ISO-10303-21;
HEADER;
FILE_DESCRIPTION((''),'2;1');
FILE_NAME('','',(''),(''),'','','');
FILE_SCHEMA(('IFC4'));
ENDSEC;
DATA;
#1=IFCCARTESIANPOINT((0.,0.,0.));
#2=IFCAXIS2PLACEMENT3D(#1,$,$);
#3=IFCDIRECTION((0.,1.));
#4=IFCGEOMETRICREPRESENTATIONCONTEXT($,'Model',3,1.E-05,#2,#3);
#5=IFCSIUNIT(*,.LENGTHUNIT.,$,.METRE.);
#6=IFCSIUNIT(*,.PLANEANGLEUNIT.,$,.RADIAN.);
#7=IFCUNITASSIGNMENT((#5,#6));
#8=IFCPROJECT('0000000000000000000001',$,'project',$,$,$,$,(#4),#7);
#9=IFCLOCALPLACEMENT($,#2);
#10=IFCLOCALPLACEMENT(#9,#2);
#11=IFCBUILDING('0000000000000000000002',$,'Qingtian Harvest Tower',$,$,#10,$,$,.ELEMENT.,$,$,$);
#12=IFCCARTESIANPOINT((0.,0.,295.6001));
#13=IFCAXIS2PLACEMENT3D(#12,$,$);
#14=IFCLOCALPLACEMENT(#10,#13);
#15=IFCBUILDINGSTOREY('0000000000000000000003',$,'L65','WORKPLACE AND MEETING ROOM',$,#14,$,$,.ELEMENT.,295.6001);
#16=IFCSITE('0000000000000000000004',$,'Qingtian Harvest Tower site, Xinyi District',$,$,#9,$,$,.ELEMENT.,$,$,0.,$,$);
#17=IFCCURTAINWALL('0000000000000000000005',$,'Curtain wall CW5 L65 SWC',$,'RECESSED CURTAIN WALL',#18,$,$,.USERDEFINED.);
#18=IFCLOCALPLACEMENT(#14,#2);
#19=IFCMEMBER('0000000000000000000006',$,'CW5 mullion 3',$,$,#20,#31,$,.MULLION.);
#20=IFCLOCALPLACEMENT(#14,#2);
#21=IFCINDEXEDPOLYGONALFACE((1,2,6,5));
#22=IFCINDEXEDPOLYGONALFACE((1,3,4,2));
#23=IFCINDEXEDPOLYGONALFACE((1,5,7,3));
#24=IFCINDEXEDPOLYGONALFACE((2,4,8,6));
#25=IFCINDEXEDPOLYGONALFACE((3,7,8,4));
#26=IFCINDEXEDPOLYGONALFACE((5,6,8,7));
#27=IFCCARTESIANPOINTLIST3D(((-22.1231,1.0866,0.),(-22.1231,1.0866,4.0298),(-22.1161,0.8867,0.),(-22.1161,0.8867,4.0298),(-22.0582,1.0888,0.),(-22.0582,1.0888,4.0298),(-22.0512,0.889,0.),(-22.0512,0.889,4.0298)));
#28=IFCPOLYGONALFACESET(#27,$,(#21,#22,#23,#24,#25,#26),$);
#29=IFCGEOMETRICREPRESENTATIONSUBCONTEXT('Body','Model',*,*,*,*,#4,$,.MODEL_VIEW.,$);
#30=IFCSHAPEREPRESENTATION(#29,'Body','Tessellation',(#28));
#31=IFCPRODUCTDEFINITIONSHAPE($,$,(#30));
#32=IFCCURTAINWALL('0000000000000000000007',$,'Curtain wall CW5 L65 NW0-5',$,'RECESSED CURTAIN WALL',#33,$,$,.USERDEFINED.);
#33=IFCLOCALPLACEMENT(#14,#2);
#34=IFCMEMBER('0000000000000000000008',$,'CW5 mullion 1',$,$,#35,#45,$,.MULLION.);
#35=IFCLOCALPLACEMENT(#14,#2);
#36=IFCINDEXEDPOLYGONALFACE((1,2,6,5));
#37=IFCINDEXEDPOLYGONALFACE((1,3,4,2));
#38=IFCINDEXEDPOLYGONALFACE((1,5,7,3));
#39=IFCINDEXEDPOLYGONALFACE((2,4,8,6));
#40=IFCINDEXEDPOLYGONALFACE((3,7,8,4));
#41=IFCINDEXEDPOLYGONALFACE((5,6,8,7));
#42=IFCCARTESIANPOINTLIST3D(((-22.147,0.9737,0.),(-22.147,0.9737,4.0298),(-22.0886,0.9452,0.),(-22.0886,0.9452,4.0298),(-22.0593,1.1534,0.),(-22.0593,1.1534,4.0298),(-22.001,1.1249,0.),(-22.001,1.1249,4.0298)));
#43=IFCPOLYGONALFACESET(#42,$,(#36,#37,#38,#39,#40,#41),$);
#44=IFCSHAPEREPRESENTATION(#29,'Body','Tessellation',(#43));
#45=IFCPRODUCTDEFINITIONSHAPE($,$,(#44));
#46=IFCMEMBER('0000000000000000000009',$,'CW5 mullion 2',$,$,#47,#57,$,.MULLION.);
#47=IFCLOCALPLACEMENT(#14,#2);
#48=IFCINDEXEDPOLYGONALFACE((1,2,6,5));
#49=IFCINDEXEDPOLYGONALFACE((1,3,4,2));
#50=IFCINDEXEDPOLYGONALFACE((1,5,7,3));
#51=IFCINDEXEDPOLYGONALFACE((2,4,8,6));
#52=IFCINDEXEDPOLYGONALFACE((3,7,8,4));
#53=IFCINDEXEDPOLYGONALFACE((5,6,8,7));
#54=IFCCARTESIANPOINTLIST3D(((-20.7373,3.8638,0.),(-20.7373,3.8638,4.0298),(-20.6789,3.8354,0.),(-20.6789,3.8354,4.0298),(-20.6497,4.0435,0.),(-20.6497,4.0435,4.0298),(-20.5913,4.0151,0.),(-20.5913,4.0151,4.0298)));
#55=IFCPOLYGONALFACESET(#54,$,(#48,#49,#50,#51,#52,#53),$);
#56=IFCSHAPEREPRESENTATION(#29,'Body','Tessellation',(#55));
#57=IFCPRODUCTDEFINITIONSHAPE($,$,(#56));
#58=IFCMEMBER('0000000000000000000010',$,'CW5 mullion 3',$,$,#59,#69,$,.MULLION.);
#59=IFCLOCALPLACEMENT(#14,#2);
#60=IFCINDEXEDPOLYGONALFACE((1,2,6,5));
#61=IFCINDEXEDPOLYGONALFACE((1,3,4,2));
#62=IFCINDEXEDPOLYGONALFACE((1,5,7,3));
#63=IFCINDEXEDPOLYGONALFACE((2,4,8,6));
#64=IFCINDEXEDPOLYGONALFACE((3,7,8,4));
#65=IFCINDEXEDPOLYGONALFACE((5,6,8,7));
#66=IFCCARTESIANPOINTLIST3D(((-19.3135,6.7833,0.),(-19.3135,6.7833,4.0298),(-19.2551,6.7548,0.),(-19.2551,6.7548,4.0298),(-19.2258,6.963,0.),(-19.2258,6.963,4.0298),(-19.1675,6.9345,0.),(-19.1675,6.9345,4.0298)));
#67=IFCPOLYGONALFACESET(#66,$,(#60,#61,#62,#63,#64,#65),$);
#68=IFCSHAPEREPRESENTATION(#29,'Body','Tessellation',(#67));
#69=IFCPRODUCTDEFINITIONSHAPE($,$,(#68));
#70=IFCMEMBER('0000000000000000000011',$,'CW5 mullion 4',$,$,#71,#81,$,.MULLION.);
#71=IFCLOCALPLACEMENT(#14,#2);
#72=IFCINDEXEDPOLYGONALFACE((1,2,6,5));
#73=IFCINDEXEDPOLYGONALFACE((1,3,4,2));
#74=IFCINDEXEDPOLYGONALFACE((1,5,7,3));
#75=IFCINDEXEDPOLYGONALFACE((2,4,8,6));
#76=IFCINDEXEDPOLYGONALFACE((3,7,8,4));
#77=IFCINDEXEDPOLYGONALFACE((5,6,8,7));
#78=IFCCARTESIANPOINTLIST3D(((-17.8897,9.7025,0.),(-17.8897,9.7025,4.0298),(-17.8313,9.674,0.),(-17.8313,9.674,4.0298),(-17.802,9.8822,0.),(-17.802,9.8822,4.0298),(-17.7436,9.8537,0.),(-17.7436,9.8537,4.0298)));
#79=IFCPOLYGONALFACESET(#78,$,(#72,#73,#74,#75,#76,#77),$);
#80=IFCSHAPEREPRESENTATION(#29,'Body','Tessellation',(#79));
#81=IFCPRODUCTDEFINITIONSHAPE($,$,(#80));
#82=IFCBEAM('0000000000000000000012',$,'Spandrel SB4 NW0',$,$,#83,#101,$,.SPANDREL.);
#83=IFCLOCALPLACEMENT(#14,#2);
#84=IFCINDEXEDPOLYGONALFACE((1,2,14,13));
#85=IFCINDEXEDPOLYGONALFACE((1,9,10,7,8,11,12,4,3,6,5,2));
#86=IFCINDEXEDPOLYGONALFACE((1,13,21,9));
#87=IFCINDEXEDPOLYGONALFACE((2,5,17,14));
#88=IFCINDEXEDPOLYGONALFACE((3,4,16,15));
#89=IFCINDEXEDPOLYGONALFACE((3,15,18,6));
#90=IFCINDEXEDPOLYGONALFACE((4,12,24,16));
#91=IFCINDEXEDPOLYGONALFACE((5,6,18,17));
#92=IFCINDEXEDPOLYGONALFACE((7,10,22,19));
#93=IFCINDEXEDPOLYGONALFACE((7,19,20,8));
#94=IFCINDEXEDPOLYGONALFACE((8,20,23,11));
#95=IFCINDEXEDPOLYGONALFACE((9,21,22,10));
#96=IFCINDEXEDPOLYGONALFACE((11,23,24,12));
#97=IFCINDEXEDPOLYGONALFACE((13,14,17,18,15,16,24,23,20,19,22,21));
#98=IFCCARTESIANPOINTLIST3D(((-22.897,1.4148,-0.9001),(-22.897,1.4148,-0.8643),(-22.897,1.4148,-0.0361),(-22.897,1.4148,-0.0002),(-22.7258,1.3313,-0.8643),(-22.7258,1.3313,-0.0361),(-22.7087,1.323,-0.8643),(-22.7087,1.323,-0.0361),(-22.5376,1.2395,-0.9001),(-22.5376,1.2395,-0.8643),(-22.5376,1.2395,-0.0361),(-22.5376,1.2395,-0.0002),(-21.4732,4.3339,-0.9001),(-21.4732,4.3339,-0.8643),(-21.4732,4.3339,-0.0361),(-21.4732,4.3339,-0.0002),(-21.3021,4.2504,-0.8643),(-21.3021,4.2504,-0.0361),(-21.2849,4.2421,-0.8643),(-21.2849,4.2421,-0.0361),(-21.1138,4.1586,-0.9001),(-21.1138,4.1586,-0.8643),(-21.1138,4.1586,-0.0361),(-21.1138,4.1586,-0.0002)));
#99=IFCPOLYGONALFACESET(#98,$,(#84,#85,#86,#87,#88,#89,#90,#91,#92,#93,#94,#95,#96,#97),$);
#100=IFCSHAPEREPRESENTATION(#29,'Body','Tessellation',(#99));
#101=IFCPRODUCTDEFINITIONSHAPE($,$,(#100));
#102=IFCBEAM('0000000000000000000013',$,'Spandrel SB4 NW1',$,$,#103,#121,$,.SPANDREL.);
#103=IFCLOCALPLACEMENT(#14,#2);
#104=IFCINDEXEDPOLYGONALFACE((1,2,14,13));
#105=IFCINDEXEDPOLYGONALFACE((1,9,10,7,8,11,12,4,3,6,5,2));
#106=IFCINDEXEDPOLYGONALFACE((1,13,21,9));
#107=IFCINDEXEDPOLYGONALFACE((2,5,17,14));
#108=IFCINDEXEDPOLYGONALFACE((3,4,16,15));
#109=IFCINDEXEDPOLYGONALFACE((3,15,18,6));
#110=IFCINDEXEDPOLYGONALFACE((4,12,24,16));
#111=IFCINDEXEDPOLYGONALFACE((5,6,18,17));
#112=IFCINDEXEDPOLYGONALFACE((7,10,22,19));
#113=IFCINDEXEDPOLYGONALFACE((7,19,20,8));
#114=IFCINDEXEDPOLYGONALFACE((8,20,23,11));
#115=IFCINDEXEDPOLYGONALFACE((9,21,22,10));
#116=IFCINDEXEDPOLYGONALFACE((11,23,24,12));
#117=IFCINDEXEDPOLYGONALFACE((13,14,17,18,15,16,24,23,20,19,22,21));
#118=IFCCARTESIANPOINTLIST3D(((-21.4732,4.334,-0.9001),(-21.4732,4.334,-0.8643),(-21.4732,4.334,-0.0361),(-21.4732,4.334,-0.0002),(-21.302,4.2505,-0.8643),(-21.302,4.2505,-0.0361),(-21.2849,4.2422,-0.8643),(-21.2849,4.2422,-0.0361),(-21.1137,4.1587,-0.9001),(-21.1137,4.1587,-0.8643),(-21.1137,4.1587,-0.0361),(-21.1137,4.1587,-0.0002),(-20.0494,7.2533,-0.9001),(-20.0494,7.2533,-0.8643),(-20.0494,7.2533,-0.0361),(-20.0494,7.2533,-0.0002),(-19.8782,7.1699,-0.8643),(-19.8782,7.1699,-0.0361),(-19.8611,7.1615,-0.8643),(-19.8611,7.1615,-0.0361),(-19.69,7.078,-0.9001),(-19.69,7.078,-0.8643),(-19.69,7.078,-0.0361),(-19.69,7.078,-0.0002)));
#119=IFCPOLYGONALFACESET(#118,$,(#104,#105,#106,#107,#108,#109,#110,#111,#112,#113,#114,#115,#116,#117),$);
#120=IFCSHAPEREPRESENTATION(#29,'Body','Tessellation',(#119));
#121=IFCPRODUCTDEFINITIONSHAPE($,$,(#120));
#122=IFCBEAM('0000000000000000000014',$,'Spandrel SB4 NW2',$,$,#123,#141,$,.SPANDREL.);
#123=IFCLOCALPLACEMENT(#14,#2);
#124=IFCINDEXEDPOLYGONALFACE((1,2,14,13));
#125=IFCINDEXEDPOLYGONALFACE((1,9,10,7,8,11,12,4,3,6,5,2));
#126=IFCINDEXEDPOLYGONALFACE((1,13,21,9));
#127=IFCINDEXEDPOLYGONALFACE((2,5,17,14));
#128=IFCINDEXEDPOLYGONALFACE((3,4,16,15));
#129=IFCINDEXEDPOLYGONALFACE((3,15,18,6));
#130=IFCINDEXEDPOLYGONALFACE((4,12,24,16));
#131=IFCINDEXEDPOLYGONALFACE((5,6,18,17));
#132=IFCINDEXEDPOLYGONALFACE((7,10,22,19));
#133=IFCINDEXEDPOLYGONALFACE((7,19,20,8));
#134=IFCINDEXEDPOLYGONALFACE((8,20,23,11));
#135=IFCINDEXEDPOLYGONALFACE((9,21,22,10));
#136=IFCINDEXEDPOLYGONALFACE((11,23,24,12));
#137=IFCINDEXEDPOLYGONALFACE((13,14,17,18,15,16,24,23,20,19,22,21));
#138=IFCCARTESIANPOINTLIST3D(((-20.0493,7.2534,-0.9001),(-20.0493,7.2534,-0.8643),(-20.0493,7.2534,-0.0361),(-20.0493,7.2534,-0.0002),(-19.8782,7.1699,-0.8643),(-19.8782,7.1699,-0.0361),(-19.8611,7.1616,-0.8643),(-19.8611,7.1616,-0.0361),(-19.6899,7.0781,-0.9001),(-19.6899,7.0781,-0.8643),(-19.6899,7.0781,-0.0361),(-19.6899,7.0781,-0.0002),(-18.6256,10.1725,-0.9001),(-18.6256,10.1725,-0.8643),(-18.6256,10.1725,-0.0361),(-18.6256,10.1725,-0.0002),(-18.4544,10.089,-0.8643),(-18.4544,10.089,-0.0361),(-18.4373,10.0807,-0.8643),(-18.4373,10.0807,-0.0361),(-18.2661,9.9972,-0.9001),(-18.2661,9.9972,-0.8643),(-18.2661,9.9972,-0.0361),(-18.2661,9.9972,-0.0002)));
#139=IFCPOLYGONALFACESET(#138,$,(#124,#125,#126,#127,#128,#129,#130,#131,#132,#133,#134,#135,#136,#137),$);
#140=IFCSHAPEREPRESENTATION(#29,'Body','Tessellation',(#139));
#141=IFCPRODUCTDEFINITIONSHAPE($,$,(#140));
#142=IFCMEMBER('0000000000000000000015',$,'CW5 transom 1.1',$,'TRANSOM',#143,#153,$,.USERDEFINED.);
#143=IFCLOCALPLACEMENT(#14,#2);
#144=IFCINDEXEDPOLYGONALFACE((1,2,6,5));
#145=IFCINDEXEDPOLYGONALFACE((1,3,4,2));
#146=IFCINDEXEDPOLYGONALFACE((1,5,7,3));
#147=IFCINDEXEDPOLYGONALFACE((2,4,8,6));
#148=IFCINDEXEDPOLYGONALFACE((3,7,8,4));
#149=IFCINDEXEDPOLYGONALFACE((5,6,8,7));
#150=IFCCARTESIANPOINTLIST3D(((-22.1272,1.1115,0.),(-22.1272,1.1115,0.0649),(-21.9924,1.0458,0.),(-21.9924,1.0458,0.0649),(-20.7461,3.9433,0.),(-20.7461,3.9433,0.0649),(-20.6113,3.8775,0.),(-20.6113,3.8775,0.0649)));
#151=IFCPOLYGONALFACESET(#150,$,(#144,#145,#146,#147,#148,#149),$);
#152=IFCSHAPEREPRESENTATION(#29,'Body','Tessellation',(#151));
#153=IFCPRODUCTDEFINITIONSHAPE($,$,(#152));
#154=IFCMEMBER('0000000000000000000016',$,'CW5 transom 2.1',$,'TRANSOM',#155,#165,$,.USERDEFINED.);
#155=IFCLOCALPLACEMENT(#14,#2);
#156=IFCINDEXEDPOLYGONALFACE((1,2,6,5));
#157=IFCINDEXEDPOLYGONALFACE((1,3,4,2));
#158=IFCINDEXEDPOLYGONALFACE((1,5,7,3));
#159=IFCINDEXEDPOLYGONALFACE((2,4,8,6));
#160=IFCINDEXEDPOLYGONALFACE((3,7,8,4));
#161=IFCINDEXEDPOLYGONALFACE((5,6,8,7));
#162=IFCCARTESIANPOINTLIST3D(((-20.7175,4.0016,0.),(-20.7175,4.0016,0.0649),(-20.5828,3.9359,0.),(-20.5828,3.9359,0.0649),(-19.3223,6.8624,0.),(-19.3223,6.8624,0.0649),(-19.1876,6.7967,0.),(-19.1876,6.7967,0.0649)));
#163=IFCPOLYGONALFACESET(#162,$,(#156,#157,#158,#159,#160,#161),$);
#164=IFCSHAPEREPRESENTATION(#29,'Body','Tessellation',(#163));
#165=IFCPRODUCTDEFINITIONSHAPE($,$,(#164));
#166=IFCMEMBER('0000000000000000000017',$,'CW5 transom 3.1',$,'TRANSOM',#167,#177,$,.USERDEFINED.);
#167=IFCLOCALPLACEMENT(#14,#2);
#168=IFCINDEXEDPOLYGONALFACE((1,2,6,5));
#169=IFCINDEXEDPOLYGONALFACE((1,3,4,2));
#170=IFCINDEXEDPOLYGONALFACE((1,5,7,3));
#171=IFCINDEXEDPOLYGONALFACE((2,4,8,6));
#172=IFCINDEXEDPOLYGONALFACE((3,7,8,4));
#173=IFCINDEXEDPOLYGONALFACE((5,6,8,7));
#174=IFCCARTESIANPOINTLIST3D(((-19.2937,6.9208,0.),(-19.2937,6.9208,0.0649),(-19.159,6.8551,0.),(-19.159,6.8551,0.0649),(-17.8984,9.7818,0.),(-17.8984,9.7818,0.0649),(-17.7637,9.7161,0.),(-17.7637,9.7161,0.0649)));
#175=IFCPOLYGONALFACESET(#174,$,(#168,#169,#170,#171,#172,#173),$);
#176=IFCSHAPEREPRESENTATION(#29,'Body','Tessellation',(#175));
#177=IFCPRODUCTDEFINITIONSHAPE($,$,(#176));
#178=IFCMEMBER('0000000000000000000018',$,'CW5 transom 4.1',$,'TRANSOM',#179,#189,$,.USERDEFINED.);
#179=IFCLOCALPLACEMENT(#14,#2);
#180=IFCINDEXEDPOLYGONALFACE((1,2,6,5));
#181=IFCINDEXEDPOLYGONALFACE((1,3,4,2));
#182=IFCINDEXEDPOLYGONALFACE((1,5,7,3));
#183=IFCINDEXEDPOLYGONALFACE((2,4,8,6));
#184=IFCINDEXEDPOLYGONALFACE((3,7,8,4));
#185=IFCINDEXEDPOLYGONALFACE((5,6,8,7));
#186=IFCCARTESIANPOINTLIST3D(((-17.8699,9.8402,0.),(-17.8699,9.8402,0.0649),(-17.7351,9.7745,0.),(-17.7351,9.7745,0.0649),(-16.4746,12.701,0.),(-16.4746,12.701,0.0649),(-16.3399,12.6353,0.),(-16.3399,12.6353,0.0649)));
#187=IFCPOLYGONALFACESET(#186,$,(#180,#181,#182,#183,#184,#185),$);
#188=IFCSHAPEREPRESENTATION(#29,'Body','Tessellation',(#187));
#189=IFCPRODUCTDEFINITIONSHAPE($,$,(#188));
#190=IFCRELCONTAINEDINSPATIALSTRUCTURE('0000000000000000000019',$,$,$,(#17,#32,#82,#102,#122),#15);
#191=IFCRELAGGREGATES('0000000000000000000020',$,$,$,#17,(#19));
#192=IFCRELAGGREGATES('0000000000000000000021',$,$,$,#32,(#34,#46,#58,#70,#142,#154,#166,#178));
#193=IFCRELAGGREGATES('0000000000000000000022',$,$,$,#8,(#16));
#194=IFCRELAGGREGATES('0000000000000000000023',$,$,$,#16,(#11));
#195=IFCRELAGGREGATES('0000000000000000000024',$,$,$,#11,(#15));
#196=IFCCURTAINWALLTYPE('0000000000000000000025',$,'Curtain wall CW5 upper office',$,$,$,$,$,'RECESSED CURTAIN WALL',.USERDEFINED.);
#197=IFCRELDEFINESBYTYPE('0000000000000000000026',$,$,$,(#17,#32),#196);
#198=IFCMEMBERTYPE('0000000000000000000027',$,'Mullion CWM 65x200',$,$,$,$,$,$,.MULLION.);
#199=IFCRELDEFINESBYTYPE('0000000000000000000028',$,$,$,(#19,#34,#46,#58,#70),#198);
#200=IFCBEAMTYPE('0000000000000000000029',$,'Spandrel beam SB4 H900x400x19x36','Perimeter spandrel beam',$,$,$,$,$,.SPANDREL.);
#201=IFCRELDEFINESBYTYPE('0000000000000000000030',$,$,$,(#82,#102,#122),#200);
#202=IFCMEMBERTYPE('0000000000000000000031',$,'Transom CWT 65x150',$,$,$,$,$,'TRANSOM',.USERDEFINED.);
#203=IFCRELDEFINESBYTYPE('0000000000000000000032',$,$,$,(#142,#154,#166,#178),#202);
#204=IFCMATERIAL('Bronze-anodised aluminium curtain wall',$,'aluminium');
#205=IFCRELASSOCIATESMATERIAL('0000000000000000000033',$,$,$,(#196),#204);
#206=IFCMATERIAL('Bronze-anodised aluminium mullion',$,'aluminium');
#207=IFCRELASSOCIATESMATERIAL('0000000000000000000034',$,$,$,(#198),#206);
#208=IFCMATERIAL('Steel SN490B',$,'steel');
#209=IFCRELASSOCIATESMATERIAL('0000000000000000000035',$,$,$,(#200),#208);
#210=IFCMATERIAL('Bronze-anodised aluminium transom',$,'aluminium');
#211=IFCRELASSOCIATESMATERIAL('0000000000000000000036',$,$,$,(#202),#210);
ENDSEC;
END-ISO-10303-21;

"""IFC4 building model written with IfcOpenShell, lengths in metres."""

from ifc_helpers import new_model, si_unit, direction, frame, origin, origin_2d, place, context, subcontext, project, spatial, rectangle, i_section, extrude, material, material_profile, profile_set, type_object, element, aggregate, save


model = new_model("IFC4")

# Units and contexts
model_context = context("Model", 3, precision=1e-05, world=origin(), true_north=direction((0.0, 1.0)))
body_context = subcontext(model_context, "Body", "Model", "MODEL_VIEW")
ifc_project = project(units=[si_unit("LENGTHUNIT", "METRE"), si_unit("PLANEANGLEUNIT", "RADIAN")], contexts=[model_context])

# Site, building, storey
site_placement = place(None, origin())
site = spatial("IfcSite", under=ifc_project, at=site_placement, Name="Qingtian Harvest Tower site, Xinyi District", CompositionType="ELEMENT", RefElevation=0.0)
building_placement = place(site_placement, origin())
building = spatial("IfcBuilding", under=site, at=building_placement, Name="Qingtian Harvest Tower", CompositionType="ELEMENT")
storey_placement = place(building_placement, frame((0.0, 0.0, 295.6001)))
storey = spatial("IfcBuildingStorey", under=building, at=storey_placement, Name="L65", Description="WORKPLACE AND MEETING ROOM", CompositionType="ELEMENT", Elevation=295.6001)

# Curtain wall, member
ifc_material_1 = material(Name="Bronze-anodised aluminium curtain wall", Category="aluminium")
curtain_wall_type = type_object("IfcCurtainWallType", Name="Curtain wall CW5 upper office", ElementType="RECESSED CURTAIN WALL", PredefinedType="USERDEFINED", material=ifc_material_1)
curtain_wall_1_placement = place(storey_placement, origin())
curtain_wall_1 = element("IfcCurtainWall", 1, at=curtain_wall_1_placement, inside=storey, type_object=curtain_wall_type, Name="Curtain wall CW5 L65 SWC", ObjectType="RECESSED CURTAIN WALL", PredefinedType="USERDEFINED")
ifc_material_2 = material(Name="Bronze-anodised aluminium mullion", Category="aluminium")
ifc_material_profile_1 = material_profile(ifc_material_2, rectangle(XDim=0.0649, YDim=0.2, at=origin_2d()), Name="AL 65x200")
ifc_profile_set_1 = profile_set([ifc_material_profile_1], Name="Bronze-anodised aluminium mullion")
member_type_1 = type_object("IfcMemberType", Name="Mullion CWM 65x200", PredefinedType="MULLION", material=ifc_profile_set_1)
member_1_placement = place(storey_placement, frame((-22.0872, 0.9878, 0.0), z_axis=(0.0, 0.0, 1.0), x_axis=(-0.999391, -0.034899, 0.0)))
member_1 = element("IfcMember", 2, at=member_1_placement, type_object=member_type_1, Name="CW5 mullion 3", PredefinedType="MULLION", context=body_context, shape_type="SweptSolid", body=[
    extrude(rectangle(XDim=0.0649, YDim=0.2, at=origin_2d()), origin(), (0.0, 0.0, 1.0), 4.0298),
])

# Curtain wall, members
curtain_wall_2_placement = place(storey_placement, origin())
curtain_wall_2 = element("IfcCurtainWall", 3, at=curtain_wall_2_placement, inside=storey, type_object=curtain_wall_type, Name="Curtain wall CW5 L65 NW0-5", ObjectType="RECESSED CURTAIN WALL", PredefinedType="USERDEFINED")
member_2_placement = place(storey_placement, frame((-22.074, 1.0493, 0.0), z_axis=(0.0, 0.0, 1.0), x_axis=(-0.898794, 0.438371, 0.0)))
member_2 = element("IfcMember", 4, at=member_2_placement, type_object=member_type_1, Name="CW5 mullion 1", PredefinedType="MULLION", context=body_context, shape_type="SweptSolid", body=[
    extrude(rectangle(XDim=0.0649, YDim=0.2, at=origin_2d()), origin(), (0.0, 0.0, 1.0), 4.0298),
])
member_3_placement = place(storey_placement, frame((-20.6643, 3.9395, 0.0), z_axis=(0.0, 0.0, 1.0), x_axis=(-0.898794, 0.438371, 0.0)))
member_3 = element("IfcMember", 5, at=member_3_placement, type_object=member_type_1, Name="CW5 mullion 2", PredefinedType="MULLION", context=body_context, shape_type="SweptSolid", body=[
    extrude(rectangle(XDim=0.0649, YDim=0.2, at=origin_2d()), origin(), (0.0, 0.0, 1.0), 4.0298),
])
member_4_placement = place(storey_placement, frame((-19.2405, 6.8589, 0.0), z_axis=(0.0, 0.0, 1.0), x_axis=(-0.898794, 0.438371, 0.0)))
member_4 = element("IfcMember", 6, at=member_4_placement, type_object=member_type_1, Name="CW5 mullion 3", PredefinedType="MULLION", context=body_context, shape_type="SweptSolid", body=[
    extrude(rectangle(XDim=0.0649, YDim=0.2, at=origin_2d()), origin(), (0.0, 0.0, 1.0), 4.0298),
])
member_5_placement = place(storey_placement, frame((-17.8167, 9.7781, 0.0), z_axis=(0.0, 0.0, 1.0), x_axis=(-0.898794, 0.438371, 0.0)))
member_5 = element("IfcMember", 7, at=member_5_placement, type_object=member_type_1, Name="CW5 mullion 4", PredefinedType="MULLION", context=body_context, shape_type="SweptSolid", body=[
    extrude(rectangle(XDim=0.0649, YDim=0.2, at=origin_2d()), origin(), (0.0, 0.0, 1.0), 4.0298),
])

# Beams
ifc_material_3 = material(Name="Steel SN490B", Category="steel")
ifc_material_profile_2 = material_profile(ifc_material_3, i_section(OverallWidth=0.3999, OverallDepth=0.8999, WebThickness=0.019, FlangeThickness=0.0359, at=origin_2d()), Name="H900x400x19x36")
ifc_profile_set_2 = profile_set([ifc_material_profile_2], Name="Steel SN490B")
beam_type_1 = type_object("IfcBeamType", Name="Spandrel beam SB4 H900x400x19x36", Description="Perimeter spandrel beam", PredefinedType="SPANDREL", material=ifc_profile_set_2)
beam_1_placement = place(storey_placement, frame((-22.7173, 1.3271, -0.4502), z_axis=(0.438382, 0.898789, 0.0), x_axis=(-0.898789, 0.438382, 0.0)))
element("IfcBeam", 8, at=beam_1_placement, inside=storey, type_object=beam_type_1, Name="Spandrel SB4 NW0", PredefinedType="SPANDREL", context=body_context, shape_type="SweptSolid", body=[
    extrude(i_section(OverallWidth=0.3999, OverallDepth=0.8999, WebThickness=0.019, FlangeThickness=0.0359, at=origin_2d()), origin(), (0.0, 0.0, 1.0), 3.2478),
])
beam_2_placement = place(storey_placement, frame((-21.2935, 4.2463, -0.4502), z_axis=(0.438353, 0.898803, 0.0), x_axis=(-0.898803, 0.438353, 0.0)))
element("IfcBeam", 9, at=beam_2_placement, inside=storey, type_object=beam_type_1, Name="Spandrel SB4 NW1", PredefinedType="SPANDREL", context=body_context, shape_type="SweptSolid", body=[
    extrude(i_section(OverallWidth=0.3999, OverallDepth=0.8999, WebThickness=0.019, FlangeThickness=0.0359, at=origin_2d()), origin(), (0.0, 0.0, 1.0), 3.248),
])
beam_3_placement = place(storey_placement, frame((-19.8696, 7.1658, -0.4502), z_axis=(0.438382, 0.898789, 0.0), x_axis=(-0.898789, 0.438382, 0.0)))
element("IfcBeam", 10, at=beam_3_placement, inside=storey, type_object=beam_type_1, Name="Spandrel SB4 NW2", PredefinedType="SPANDREL", context=body_context, shape_type="SweptSolid", body=[
    extrude(i_section(OverallWidth=0.3999, OverallDepth=0.8999, WebThickness=0.019, FlangeThickness=0.0359, at=origin_2d()), origin(), (0.0, 0.0, 1.0), 3.2478),
])

# Members
ifc_material_4 = material(Name="Bronze-anodised aluminium transom", Category="aluminium")
ifc_material_profile_3 = material_profile(ifc_material_4, rectangle(XDim=0.1499, YDim=0.0649, at=origin_2d()), Name="AL 65x150")
ifc_profile_set_3 = profile_set([ifc_material_profile_3], Name="Bronze-anodised aluminium transom")
member_type_2 = type_object("IfcMemberType", Name="Transom CWT 65x150", ElementType="TRANSOM", PredefinedType="USERDEFINED", material=ifc_profile_set_3)
member_6_placement = place(storey_placement, frame((-22.0598, 1.0786, 0.0325), z_axis=(0.438358, 0.8988, 0.0), x_axis=(-0.8988, 0.438358, 0.0)))
member_6 = element("IfcMember", 11, at=member_6_placement, type_object=member_type_2, Name="CW5 transom 1.1", ObjectType="TRANSOM", PredefinedType="USERDEFINED", context=body_context, shape_type="SweptSolid", body=[
    extrude(rectangle(XDim=0.1499, YDim=0.0649, at=origin_2d()), origin(), (0.0, 0.0, 1.0), 3.1506),
])
member_7_placement = place(storey_placement, frame((-20.6501, 3.9688, 0.0325), z_axis=(0.438356, 0.898802, 0.0), x_axis=(-0.898802, 0.438356, 0.0)))
member_7 = element("IfcMember", 12, at=member_7_placement, type_object=member_type_2, Name="CW5 transom 2.1", ObjectType="TRANSOM", PredefinedType="USERDEFINED", context=body_context, shape_type="SweptSolid", body=[
    extrude(rectangle(XDim=0.1499, YDim=0.0649, at=origin_2d()), origin(), (0.0, 0.0, 1.0), 3.1829),
])
member_8_placement = place(storey_placement, frame((-19.2263, 6.8879, 0.0325), z_axis=(0.438325, 0.898816, 0.0), x_axis=(-0.898816, 0.438325, 0.0)))
member_8 = element("IfcMember", 13, at=member_8_placement, type_object=member_type_2, Name="CW5 transom 3.1", ObjectType="TRANSOM", PredefinedType="USERDEFINED", context=body_context, shape_type="SweptSolid", body=[
    extrude(rectangle(XDim=0.1499, YDim=0.0649, at=origin_2d()), origin(), (0.0, 0.0, 1.0), 3.1831),
])
member_9_placement = place(storey_placement, frame((-17.8025, 9.8074, 0.0325), z_axis=(0.438356, 0.898802, 0.0), x_axis=(-0.898802, 0.438356, 0.0)))
member_9 = element("IfcMember", 14, at=member_9_placement, type_object=member_type_2, Name="CW5 transom 4.1", ObjectType="TRANSOM", PredefinedType="USERDEFINED", context=body_context, shape_type="SweptSolid", body=[
    extrude(rectangle(XDim=0.1499, YDim=0.0649, at=origin_2d()), origin(), (0.0, 0.0, 1.0), 3.1829),
])

aggregate(curtain_wall_1, [member_1])
aggregate(curtain_wall_2, [member_2, member_3, member_4, member_5, member_6, member_7, member_8, member_9])

save(model, "model.ifc")
